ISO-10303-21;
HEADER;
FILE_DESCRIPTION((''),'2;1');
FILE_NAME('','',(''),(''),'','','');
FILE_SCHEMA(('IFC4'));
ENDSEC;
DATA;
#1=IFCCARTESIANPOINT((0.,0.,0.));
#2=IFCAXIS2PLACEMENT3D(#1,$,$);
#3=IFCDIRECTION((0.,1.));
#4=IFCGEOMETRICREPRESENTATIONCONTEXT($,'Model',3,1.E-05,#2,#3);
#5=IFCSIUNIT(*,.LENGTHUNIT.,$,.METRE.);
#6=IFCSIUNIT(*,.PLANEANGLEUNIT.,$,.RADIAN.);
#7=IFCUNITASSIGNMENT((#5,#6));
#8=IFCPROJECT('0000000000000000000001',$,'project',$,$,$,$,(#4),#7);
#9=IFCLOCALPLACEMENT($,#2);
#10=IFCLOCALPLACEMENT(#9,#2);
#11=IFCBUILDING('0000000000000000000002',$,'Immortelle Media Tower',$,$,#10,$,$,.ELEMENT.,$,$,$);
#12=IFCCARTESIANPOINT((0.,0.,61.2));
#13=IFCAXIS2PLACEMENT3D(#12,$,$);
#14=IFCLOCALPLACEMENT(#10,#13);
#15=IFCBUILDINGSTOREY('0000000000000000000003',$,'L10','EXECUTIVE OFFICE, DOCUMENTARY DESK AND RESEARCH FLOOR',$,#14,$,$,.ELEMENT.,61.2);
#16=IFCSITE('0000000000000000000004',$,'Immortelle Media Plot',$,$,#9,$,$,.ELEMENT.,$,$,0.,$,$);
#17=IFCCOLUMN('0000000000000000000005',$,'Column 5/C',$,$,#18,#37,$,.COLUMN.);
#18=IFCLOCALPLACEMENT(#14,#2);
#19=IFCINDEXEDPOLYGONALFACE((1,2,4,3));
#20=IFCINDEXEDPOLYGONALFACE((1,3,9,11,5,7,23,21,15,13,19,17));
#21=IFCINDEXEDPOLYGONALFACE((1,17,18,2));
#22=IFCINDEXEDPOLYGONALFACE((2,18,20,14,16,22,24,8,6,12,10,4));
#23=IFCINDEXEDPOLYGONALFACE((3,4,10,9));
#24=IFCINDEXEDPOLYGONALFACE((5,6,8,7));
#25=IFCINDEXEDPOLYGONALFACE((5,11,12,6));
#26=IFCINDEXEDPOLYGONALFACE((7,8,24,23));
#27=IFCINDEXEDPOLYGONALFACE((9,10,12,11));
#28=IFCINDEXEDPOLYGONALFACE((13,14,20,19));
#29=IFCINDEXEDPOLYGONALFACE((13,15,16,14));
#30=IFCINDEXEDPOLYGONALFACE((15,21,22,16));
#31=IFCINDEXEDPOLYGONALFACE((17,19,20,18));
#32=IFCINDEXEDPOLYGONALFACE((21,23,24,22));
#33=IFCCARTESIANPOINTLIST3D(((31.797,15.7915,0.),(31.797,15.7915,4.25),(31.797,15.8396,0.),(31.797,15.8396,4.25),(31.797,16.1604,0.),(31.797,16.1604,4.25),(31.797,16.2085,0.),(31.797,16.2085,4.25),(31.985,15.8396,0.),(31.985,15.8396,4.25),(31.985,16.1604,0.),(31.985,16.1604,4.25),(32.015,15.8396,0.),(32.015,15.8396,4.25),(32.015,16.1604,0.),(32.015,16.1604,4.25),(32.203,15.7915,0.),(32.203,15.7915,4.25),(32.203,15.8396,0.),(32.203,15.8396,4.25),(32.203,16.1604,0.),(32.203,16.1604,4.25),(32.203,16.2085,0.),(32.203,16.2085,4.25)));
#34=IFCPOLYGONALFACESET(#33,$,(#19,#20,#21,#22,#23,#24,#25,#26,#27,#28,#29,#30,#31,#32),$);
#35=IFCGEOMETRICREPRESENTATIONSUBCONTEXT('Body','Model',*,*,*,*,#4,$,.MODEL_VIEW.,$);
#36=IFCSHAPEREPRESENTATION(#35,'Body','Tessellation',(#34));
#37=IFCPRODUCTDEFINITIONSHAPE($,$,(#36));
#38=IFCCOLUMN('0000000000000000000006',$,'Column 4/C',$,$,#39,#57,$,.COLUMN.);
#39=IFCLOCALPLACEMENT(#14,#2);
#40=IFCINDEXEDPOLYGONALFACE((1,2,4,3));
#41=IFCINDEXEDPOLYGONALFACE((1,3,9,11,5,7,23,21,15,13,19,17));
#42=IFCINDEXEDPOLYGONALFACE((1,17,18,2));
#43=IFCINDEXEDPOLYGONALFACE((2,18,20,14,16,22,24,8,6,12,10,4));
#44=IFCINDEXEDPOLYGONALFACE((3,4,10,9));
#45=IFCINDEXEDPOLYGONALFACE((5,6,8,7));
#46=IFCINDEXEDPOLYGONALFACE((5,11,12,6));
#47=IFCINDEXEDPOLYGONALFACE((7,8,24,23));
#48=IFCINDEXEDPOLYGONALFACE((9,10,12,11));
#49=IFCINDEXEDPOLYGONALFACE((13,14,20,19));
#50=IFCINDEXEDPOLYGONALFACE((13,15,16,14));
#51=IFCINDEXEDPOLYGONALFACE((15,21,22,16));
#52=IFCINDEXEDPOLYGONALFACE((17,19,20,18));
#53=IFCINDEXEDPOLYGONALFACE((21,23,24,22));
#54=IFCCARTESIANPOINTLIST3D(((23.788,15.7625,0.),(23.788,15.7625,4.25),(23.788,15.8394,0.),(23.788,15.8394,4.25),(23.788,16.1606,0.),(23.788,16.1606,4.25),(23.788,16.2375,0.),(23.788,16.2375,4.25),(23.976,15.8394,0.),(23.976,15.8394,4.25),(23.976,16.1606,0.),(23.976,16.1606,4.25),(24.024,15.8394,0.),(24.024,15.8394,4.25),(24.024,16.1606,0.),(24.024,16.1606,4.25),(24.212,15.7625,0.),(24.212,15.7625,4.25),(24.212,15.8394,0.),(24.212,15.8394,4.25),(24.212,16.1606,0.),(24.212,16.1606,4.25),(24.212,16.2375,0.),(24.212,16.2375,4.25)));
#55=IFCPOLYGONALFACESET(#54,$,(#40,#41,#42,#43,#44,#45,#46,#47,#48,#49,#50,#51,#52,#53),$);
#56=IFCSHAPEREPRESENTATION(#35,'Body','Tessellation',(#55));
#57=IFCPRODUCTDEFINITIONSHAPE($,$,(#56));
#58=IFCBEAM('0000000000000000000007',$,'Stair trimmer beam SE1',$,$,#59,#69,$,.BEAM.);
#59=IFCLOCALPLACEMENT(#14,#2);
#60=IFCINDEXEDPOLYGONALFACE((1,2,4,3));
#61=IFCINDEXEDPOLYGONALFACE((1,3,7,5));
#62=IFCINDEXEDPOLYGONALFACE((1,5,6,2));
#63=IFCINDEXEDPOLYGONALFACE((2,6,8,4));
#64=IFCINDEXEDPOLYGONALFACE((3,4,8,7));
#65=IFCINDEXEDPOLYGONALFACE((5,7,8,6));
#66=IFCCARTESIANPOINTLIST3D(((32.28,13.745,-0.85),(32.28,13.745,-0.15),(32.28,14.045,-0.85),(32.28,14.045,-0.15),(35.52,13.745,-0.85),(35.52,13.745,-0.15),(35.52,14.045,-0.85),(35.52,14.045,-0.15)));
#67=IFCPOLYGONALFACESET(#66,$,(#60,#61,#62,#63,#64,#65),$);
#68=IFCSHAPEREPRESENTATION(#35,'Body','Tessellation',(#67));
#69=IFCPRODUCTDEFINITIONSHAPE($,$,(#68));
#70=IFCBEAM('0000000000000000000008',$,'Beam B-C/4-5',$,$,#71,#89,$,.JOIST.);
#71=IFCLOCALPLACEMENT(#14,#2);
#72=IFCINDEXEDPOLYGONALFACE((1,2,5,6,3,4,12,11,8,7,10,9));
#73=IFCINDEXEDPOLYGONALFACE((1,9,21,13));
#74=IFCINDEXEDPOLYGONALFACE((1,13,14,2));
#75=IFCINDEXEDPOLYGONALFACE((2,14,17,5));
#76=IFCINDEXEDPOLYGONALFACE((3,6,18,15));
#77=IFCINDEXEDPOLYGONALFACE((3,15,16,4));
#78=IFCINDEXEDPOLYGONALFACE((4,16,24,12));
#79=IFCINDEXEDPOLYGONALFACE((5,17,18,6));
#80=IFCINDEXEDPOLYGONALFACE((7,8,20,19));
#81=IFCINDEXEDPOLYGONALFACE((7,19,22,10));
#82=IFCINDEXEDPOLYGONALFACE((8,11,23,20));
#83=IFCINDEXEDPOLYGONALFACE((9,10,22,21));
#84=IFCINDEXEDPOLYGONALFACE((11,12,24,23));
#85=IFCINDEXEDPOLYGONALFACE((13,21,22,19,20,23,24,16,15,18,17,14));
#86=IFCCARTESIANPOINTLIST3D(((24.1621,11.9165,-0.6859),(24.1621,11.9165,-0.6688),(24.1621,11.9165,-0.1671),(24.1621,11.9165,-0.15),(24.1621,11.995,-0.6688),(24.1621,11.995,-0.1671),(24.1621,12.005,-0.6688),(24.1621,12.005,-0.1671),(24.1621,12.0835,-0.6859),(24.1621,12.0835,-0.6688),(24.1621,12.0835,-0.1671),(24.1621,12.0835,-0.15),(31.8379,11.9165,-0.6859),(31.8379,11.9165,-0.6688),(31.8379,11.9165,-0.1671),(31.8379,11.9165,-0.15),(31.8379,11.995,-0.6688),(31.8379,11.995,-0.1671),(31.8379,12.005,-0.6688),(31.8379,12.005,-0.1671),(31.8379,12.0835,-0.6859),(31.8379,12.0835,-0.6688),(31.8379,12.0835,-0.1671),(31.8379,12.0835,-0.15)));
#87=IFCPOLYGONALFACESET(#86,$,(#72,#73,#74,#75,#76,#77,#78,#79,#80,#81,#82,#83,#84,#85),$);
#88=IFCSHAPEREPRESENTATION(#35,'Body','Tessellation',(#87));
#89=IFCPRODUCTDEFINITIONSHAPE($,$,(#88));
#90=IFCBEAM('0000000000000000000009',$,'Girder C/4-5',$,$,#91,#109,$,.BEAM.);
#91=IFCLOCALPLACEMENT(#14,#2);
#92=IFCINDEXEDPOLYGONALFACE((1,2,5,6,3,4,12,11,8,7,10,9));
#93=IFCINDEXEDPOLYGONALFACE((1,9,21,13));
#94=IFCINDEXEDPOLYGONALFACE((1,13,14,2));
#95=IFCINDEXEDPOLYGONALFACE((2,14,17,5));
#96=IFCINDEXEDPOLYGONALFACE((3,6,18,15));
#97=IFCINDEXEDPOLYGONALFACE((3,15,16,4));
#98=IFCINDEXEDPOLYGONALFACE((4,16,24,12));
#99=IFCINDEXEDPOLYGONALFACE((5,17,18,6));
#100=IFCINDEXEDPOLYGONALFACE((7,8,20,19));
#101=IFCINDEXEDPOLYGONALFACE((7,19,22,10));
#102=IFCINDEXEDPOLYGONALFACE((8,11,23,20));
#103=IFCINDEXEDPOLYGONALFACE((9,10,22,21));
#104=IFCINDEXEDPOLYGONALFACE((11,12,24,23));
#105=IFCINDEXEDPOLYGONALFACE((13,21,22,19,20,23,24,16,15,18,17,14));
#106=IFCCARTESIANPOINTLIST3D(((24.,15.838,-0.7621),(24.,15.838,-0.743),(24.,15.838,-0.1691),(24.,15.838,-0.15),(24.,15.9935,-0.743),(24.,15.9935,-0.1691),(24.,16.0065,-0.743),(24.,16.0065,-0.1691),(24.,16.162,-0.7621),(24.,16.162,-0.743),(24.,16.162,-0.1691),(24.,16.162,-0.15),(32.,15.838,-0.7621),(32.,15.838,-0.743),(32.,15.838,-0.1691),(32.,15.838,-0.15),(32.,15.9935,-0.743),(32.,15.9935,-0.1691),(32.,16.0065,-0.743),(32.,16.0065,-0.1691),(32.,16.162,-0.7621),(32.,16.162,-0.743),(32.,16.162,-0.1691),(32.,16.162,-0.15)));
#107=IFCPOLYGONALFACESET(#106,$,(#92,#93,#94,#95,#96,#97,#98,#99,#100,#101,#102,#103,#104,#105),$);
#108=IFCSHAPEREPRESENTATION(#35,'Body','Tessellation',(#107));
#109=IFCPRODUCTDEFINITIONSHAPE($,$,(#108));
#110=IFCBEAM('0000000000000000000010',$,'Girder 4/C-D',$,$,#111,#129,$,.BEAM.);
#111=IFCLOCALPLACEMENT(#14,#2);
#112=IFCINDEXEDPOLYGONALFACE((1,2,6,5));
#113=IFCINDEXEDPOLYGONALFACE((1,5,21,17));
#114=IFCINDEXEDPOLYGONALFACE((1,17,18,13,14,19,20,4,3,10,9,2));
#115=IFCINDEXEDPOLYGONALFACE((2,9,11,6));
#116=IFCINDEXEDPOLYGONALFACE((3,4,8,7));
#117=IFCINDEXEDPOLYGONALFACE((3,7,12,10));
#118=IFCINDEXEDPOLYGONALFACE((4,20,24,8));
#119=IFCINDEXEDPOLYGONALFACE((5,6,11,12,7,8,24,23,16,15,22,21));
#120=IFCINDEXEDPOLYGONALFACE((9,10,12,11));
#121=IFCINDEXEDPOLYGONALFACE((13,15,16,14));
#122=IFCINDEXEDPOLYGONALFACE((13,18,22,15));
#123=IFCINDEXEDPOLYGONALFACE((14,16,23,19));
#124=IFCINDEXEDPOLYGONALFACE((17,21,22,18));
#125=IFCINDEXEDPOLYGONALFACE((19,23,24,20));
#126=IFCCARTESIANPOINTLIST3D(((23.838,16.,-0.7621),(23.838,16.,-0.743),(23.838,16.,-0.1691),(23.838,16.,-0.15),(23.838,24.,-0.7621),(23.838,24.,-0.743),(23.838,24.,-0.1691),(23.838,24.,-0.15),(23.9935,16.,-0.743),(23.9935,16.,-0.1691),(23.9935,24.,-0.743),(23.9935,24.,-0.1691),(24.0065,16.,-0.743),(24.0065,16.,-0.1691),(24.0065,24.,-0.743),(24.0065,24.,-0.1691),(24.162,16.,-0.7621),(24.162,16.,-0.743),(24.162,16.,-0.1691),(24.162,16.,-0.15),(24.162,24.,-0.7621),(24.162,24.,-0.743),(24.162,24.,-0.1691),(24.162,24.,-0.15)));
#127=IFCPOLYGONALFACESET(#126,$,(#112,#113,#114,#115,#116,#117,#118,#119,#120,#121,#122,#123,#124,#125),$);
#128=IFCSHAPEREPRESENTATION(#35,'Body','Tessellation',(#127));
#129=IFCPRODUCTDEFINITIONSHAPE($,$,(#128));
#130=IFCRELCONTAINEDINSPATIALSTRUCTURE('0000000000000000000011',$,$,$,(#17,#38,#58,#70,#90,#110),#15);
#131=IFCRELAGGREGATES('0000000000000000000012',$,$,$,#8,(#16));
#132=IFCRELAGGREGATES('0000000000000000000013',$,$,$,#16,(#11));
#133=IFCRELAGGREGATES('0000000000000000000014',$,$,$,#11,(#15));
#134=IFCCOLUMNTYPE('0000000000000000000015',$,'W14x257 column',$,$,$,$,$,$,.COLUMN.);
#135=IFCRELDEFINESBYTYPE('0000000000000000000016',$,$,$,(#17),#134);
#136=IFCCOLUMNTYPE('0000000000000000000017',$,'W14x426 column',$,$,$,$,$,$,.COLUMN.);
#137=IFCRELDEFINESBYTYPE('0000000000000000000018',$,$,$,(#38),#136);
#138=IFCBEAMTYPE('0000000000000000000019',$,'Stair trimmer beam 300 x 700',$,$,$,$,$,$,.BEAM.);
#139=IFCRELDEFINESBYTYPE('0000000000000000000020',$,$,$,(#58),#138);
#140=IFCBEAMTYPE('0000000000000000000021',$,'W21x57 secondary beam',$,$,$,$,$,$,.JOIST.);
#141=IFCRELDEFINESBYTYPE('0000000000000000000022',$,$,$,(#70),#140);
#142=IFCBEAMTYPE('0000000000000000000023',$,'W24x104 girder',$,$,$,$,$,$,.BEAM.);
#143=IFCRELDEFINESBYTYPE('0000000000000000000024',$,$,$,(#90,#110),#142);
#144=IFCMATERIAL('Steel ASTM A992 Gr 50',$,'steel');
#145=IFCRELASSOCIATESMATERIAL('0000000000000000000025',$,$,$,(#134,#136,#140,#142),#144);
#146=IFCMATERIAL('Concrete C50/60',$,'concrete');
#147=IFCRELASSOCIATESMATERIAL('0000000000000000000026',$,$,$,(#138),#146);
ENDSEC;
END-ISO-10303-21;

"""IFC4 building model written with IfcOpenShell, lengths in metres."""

from ifc_helpers import new_model, si_unit, direction, frame, origin, origin_2d, place, context, subcontext, project, spatial, rectangle, i_section, extrude, material, material_profile, profile_set, type_object, element, save


model = new_model("IFC4")

# Units and contexts
model_context = context("Model", 3, precision=1e-05, world=origin(), true_north=direction((0.0, 1.0)))
body_context = subcontext(model_context, "Body", "Model", "MODEL_VIEW")
ifc_project = project(units=[si_unit("LENGTHUNIT", "METRE"), si_unit("PLANEANGLEUNIT", "RADIAN")], contexts=[model_context])

# Site, building, storey
site_placement = place(None, origin())
site = spatial("IfcSite", under=ifc_project, at=site_placement, Name="Immortelle Media Plot", CompositionType="ELEMENT", RefElevation=0.0)
building_placement = place(site_placement, origin())
building = spatial("IfcBuilding", under=site, at=building_placement, Name="Immortelle Media Tower", CompositionType="ELEMENT")
storey_placement = place(building_placement, frame((0.0, 0.0, 61.2)))
storey = spatial("IfcBuildingStorey", under=building, at=storey_placement, Name="L10", Description="EXECUTIVE OFFICE, DOCUMENTARY DESK AND RESEARCH FLOOR", CompositionType="ELEMENT", Elevation=61.2)

# Columns
ifc_material_1 = material(Name="Steel ASTM A992 Gr 50", Category="steel")
ifc_material_profile_1 = material_profile(ifc_material_1, i_section(OverallWidth=0.406, OverallDepth=0.417, WebThickness=0.03, FlangeThickness=0.0481, at=origin_2d()), Name="W14x257")
ifc_profile_set_1 = profile_set([ifc_material_profile_1], Name="Steel ASTM A992 Gr 50")
column_type_1 = type_object("IfcColumnType", Name="W14x257 column", PredefinedType="COLUMN", material=ifc_profile_set_1)
column_1_placement = place(storey_placement, frame((32.0, 16.0, 0.0), z_axis=(0.0, 0.0, 1.0), x_axis=(1.0, 0.0, 0.0)))
element("IfcColumn", 1, at=column_1_placement, inside=storey, type_object=column_type_1, Name="Column 5/C", PredefinedType="COLUMN", context=body_context, shape_type="SweptSolid", body=[
    extrude(i_section(OverallWidth=0.406, OverallDepth=0.417, WebThickness=0.03, FlangeThickness=0.0481, at=origin_2d()), origin(), (0.0, 0.0, 1.0), 4.25),
])
ifc_material_profile_2 = material_profile(ifc_material_1, i_section(OverallWidth=0.4241, OverallDepth=0.4751, WebThickness=0.0481, FlangeThickness=0.0769, at=origin_2d()), Name="W14x426")
ifc_profile_set_2 = profile_set([ifc_material_profile_2], Name="Steel ASTM A992 Gr 50")
column_type_2 = type_object("IfcColumnType", Name="W14x426 column", PredefinedType="COLUMN", material=ifc_profile_set_2)
column_2_placement = place(storey_placement, frame((24.0, 16.0, 0.0), z_axis=(0.0, 0.0, 1.0), x_axis=(1.0, 0.0, 0.0)))
element("IfcColumn", 2, at=column_2_placement, inside=storey, type_object=column_type_2, Name="Column 4/C", PredefinedType="COLUMN", context=body_context, shape_type="SweptSolid", body=[
    extrude(i_section(OverallWidth=0.4241, OverallDepth=0.4751, WebThickness=0.0481, FlangeThickness=0.0769, at=origin_2d()), origin(), (0.0, 0.0, 1.0), 4.25),
])

# Beams
ifc_material_2 = material(Name="Concrete C50/60", Category="concrete")
ifc_material_profile_3 = material_profile(ifc_material_2, rectangle(XDim=0.3, YDim=0.7, at=origin_2d()), Name="RC 300x700")
ifc_profile_set_3 = profile_set([ifc_material_profile_3], Name="Concrete C50/60")
beam_type_1 = type_object("IfcBeamType", Name="Stair trimmer beam 300 x 700", PredefinedType="BEAM", material=ifc_profile_set_3)
beam_1_placement = place(storey_placement, frame((32.28, 13.895, -0.5), z_axis=(1.0, 0.0, 0.0), x_axis=(0.0, 1.0, 0.0)))
element("IfcBeam", 3, at=beam_1_placement, inside=storey, type_object=beam_type_1, Name="Stair trimmer beam SE1", PredefinedType="BEAM", context=body_context, shape_type="SweptSolid", body=[
    extrude(rectangle(XDim=0.3, YDim=0.7, at=origin_2d()), origin(), (0.0, 0.0, 1.0), 3.24),
])
ifc_material_profile_4 = material_profile(ifc_material_1, i_section(OverallWidth=0.167, OverallDepth=0.5359, WebThickness=0.01, FlangeThickness=0.0171, at=origin_2d()), Name="W21x57")
ifc_profile_set_4 = profile_set([ifc_material_profile_4], Name="Steel ASTM A992 Gr 50")
beam_type_2 = type_object("IfcBeamType", Name="W21x57 secondary beam", PredefinedType="JOIST", material=ifc_profile_set_4)
beam_2_placement = place(storey_placement, frame((24.1621, 12.0, -0.418), z_axis=(1.0, 0.0, 0.0), x_axis=(0.0, 1.0, 0.0)))
element("IfcBeam", 4, at=beam_2_placement, inside=storey, type_object=beam_type_2, Name="Beam B-C/4-5", PredefinedType="JOIST", context=body_context, shape_type="SweptSolid", body=[
    extrude(i_section(OverallWidth=0.167, OverallDepth=0.5359, WebThickness=0.01, FlangeThickness=0.0171, at=origin_2d()), origin(), (0.0, 0.0, 1.0), 7.6758),
])
ifc_material_profile_5 = material_profile(ifc_material_1, i_section(OverallWidth=0.324, OverallDepth=0.6121, WebThickness=0.0129, FlangeThickness=0.019, at=origin_2d()), Name="W24x104")
ifc_profile_set_5 = profile_set([ifc_material_profile_5], Name="Steel ASTM A992 Gr 50")
beam_type_3 = type_object("IfcBeamType", Name="W24x104 girder", PredefinedType="BEAM", material=ifc_profile_set_5)
for number, where, z_axis, x_axis, name in (
    (5, (24.0, 16.0, -0.4561), (1.0, 0.0, 0.0), (0.0, 1.0, 0.0), "Girder C/4-5"),
    (6, (24.0, 16.0, -0.4561), (0.0, 1.0, 0.0), (-1.0, 0.0, 0.0), "Girder 4/C-D"),
):
    element("IfcBeam", number, at=place(storey_placement, frame(where, z_axis=z_axis, x_axis=x_axis)), inside=storey, type_object=beam_type_3, Name=name, PredefinedType="BEAM", context=body_context, shape_type="SweptSolid", body=[
        extrude(i_section(OverallWidth=0.324, OverallDepth=0.6121, WebThickness=0.0129, FlangeThickness=0.019, at=origin_2d()), origin(), (0.0, 0.0, 1.0), 8.0),
    ])

save(model, "model.ifc")
